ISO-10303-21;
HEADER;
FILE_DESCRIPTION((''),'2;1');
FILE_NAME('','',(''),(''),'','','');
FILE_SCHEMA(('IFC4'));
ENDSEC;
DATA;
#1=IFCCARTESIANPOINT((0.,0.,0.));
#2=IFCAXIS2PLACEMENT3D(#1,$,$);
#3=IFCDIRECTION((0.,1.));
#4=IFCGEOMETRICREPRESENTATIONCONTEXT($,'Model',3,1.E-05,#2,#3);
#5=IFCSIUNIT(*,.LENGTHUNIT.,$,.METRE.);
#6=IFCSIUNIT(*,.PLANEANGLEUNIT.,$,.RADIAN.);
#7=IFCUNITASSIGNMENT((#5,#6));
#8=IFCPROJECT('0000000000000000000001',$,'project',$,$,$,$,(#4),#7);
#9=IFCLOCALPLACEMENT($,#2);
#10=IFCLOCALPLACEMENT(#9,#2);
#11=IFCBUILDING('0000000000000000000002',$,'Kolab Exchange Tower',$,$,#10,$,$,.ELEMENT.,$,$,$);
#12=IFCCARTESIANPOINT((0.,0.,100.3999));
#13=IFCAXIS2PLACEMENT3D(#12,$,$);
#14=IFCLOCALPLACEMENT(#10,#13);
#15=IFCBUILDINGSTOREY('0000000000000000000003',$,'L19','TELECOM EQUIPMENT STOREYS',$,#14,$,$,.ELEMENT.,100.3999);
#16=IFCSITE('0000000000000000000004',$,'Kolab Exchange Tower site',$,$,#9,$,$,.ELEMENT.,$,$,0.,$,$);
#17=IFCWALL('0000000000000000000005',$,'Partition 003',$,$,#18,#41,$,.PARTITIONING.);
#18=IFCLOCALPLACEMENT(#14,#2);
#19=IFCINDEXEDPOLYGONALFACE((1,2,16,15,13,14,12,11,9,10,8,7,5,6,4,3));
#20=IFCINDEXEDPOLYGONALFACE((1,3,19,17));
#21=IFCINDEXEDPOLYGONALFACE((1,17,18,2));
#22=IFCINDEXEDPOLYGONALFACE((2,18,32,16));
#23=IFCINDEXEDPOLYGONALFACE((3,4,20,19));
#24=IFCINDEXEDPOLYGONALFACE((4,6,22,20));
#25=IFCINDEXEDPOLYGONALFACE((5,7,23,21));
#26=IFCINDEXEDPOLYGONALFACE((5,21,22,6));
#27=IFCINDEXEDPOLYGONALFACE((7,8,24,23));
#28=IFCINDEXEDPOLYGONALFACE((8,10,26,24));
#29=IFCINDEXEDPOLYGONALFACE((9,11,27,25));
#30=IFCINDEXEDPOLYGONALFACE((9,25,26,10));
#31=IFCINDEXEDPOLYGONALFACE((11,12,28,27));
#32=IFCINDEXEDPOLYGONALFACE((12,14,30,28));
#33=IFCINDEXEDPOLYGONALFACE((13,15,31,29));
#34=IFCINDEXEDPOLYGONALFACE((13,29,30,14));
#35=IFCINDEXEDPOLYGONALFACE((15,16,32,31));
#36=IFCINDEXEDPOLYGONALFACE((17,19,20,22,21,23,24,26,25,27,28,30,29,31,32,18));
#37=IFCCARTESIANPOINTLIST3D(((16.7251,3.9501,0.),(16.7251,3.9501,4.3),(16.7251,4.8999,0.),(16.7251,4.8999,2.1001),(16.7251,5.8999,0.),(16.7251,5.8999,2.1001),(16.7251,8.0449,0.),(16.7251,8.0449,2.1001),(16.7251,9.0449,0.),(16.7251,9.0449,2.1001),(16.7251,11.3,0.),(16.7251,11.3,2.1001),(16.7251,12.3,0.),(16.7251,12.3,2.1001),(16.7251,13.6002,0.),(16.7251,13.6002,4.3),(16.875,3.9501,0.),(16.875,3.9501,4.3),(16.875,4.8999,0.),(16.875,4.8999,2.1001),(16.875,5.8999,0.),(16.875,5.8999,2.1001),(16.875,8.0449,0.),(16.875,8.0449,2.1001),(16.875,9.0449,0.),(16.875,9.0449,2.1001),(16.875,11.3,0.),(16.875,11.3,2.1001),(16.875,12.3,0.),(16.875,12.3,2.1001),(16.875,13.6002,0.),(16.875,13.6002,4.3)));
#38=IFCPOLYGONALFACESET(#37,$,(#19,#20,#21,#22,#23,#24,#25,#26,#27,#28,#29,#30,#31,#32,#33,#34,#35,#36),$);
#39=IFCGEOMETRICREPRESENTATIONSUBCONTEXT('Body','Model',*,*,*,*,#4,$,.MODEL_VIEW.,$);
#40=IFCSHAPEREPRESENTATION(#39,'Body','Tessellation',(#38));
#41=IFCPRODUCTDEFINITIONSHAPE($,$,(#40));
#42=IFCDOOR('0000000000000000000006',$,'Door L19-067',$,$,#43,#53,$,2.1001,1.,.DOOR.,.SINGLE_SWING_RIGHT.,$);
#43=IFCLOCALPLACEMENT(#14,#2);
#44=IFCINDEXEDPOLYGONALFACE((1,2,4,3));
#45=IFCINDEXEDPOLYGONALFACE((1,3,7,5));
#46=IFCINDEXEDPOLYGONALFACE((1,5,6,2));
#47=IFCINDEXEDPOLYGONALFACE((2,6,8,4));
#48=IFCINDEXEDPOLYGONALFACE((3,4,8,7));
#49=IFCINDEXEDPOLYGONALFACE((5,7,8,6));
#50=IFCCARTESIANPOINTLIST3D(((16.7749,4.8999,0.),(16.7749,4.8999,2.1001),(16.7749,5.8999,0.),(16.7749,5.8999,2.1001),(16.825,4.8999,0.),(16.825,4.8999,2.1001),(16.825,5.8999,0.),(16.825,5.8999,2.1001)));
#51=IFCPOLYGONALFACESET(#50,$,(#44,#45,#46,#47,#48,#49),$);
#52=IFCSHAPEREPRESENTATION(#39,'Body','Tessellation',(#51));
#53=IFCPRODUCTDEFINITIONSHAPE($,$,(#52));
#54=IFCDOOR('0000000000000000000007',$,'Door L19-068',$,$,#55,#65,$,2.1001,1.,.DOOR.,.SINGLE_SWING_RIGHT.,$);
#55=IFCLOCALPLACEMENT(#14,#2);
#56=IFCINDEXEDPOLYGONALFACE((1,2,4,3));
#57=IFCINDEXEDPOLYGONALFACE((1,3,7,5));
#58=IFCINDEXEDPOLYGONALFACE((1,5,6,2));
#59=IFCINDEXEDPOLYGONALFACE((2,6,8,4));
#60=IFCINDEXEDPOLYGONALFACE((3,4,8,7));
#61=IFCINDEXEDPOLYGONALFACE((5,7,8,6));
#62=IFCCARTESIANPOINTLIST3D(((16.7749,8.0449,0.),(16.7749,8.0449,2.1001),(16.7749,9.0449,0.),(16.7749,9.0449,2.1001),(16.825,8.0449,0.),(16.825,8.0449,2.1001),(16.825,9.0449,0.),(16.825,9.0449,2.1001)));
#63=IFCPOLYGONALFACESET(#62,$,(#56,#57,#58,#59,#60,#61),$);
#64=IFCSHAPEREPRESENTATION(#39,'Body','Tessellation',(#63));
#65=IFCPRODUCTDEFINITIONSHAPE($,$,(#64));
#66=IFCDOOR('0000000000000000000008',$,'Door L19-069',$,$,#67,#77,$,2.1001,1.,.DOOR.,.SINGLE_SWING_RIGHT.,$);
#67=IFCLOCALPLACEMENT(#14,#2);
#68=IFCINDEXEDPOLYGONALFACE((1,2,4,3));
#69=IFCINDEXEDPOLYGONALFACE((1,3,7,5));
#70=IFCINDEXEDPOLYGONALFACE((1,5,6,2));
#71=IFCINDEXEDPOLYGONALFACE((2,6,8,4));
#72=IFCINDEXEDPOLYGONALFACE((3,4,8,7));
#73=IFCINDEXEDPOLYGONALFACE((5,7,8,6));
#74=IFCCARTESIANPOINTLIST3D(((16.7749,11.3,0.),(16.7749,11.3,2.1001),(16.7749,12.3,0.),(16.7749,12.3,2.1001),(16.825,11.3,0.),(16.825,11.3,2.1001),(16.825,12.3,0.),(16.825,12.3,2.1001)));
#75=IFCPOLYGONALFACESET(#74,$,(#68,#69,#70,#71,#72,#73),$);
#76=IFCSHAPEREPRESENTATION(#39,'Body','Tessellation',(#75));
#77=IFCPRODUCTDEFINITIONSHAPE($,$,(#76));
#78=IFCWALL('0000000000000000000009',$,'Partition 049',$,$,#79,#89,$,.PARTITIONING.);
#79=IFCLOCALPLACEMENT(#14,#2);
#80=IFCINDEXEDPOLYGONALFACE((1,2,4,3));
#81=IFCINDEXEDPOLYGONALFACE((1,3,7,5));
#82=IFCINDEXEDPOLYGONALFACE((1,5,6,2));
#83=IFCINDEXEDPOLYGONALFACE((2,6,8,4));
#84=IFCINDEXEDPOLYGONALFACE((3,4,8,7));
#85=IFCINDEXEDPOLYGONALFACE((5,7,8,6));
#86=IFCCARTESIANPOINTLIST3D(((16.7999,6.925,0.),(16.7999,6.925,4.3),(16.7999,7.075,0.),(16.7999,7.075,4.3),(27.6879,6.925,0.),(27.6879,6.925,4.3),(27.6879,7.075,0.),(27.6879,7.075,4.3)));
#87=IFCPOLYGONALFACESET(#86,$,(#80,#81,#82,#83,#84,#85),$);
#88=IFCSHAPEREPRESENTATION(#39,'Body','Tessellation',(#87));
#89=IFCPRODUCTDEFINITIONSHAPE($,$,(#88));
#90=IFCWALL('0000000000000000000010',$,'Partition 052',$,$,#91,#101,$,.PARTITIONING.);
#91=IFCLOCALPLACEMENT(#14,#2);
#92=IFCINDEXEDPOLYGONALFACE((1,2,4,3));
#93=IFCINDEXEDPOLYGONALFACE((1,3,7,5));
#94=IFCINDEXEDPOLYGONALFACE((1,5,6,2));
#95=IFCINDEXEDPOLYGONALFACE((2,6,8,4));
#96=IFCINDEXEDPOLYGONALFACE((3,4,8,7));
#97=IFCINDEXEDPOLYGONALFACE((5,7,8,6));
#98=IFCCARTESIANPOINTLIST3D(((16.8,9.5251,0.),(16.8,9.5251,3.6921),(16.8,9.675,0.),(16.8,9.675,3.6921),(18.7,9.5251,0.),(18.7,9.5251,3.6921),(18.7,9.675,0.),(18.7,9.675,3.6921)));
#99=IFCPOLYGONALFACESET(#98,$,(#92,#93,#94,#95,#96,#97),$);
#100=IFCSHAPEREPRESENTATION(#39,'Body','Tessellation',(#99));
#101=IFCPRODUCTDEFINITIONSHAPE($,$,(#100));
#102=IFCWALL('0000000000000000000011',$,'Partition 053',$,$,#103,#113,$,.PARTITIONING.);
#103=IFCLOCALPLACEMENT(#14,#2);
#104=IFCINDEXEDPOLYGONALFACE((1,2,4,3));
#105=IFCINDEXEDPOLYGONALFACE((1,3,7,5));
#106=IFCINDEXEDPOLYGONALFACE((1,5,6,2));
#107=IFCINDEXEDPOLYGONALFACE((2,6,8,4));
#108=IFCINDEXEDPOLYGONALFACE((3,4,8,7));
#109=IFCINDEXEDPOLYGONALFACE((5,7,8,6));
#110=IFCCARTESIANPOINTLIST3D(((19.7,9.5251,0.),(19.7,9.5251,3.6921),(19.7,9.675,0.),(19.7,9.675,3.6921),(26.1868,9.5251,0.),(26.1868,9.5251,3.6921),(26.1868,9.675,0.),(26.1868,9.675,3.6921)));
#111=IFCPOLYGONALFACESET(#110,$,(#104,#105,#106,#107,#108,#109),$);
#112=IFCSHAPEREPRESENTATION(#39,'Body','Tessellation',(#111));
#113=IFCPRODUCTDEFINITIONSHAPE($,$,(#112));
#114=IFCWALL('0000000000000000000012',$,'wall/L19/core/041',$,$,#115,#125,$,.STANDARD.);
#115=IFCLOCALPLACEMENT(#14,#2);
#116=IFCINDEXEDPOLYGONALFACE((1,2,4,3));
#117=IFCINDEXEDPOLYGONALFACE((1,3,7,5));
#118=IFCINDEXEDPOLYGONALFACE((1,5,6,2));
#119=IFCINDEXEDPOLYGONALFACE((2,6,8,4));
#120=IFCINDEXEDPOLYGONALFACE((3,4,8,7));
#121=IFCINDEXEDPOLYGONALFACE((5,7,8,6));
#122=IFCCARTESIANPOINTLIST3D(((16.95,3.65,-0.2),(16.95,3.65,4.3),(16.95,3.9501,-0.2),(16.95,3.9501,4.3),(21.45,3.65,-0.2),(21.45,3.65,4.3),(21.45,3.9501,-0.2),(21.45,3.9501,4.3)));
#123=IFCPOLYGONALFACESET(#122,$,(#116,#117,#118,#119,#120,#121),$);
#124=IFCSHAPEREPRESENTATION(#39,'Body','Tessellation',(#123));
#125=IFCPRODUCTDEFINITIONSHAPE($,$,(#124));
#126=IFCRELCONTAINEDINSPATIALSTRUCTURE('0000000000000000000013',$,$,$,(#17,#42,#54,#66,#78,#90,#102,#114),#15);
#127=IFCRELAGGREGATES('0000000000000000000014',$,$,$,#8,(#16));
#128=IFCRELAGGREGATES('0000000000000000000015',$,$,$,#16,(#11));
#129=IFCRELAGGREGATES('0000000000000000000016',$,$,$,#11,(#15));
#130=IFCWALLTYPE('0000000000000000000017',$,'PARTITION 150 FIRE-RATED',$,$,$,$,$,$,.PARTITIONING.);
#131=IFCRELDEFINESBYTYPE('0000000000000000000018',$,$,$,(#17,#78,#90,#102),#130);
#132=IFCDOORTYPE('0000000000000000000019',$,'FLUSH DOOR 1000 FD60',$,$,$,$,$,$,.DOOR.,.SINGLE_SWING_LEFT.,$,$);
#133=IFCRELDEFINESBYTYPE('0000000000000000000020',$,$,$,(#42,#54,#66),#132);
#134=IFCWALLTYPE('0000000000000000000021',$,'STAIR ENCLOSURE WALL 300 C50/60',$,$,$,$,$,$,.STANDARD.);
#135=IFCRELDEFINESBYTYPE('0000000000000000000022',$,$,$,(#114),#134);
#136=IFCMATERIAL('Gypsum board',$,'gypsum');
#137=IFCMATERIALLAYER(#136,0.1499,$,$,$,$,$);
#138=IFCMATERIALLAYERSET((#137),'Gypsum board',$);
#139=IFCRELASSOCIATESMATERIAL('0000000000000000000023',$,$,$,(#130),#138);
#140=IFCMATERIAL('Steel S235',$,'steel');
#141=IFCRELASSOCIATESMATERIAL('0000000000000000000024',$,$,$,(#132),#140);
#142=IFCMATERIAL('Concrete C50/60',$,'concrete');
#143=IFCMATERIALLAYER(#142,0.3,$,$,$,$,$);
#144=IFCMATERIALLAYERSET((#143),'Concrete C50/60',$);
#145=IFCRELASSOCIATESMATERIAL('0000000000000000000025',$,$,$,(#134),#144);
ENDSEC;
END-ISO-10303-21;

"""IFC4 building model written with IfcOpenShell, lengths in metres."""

from ifc_helpers import new_model, si_unit, direction, frame, frame_2d, origin, place, context, subcontext, project, spatial, rectangle, extrude, material, layer, layer_set, type_object, element, fill, save


model = new_model("IFC4")

# Units and contexts
model_context = context("Model", 3, precision=1e-05, world=origin(), true_north=direction((0.0, 1.0)))
body_context = subcontext(model_context, "Body", "Model", "MODEL_VIEW")
ifc_project = project(units=[si_unit("LENGTHUNIT", "METRE"), si_unit("PLANEANGLEUNIT", "RADIAN")], contexts=[model_context])

# Site, building, storey
site_placement = place(None, origin())
site = spatial("IfcSite", under=ifc_project, at=site_placement, Name="Kolab Exchange Tower site", CompositionType="ELEMENT", RefElevation=0.0)
building_placement = place(site_placement, origin())
building = spatial("IfcBuilding", under=site, at=building_placement, Name="Kolab Exchange Tower", CompositionType="ELEMENT")
storey_placement = place(building_placement, frame((0.0, 0.0, 100.3999)))
storey = spatial("IfcBuildingStorey", under=building, at=storey_placement, Name="L19", Description="TELECOM EQUIPMENT STOREYS", CompositionType="ELEMENT", Elevation=100.3999)

# Wall, openings, doors
ifc_material_1 = material(Name="Gypsum board", Category="gypsum")
ifc_layer_1 = layer(ifc_material_1, 0.1499)
ifc_layer_set_1 = layer_set([ifc_layer_1], Name="Gypsum board")
wall_type_1 = type_object("IfcWallType", Name="PARTITION 150 FIRE-RATED", PredefinedType="PARTITIONING", material=ifc_layer_set_1)
wall_1_placement = place(storey_placement, frame((16.8, 3.95, 0.0), z_axis=(0.0, 0.0, 1.0), x_axis=(0.0, 1.0, 0.0)))
wall_1 = element("IfcWall", 1, at=wall_1_placement, inside=storey, type_object=wall_type_1, Name="Partition 003", PredefinedType="PARTITIONING", context=body_context, shape_type="SweptSolid", body=[
    extrude(rectangle(XDim=9.6501, YDim=0.1499, at=frame_2d((4.8252, 0.0))), origin(), (0.0, 0.0, 1.0), 4.3),
])
opening_1_placement = place(wall_1_placement, frame((0.95, 0.0, 0.0)))
opening_1 = element("IfcOpeningElement", 2, at=opening_1_placement, cuts=wall_1, PredefinedType="OPENING", context=body_context, shape_type="SweptSolid", body=[
    extrude(rectangle(XDim=1.0, YDim=2.1001, at=frame_2d((0.5, 1.05))), frame((0.0, 0.085, 0.0), z_axis=(0.0, -1.0, 0.0), x_axis=(1.0, 0.0, 0.0)), (0.0, 0.0, 1.0), 0.1699),
])
opening_2_placement = place(wall_1_placement, frame((4.095, 0.0, 0.0)))
opening_2 = element("IfcOpeningElement", 3, at=opening_2_placement, cuts=wall_1, PredefinedType="OPENING", context=body_context, shape_type="SweptSolid", body=[
    extrude(rectangle(XDim=1.0, YDim=2.1001, at=frame_2d((0.5, 1.05))), frame((0.0, 0.085, 0.0), z_axis=(0.0, -1.0, 0.0), x_axis=(1.0, 0.0, 0.0)), (0.0, 0.0, 1.0), 0.1699),
])
opening_3_placement = place(wall_1_placement, frame((7.3501, 0.0, 0.0)))
opening_3 = element("IfcOpeningElement", 4, at=opening_3_placement, cuts=wall_1, PredefinedType="OPENING", context=body_context, shape_type="SweptSolid", body=[
    extrude(rectangle(XDim=1.0, YDim=2.1001, at=frame_2d((0.5, 1.05))), frame((0.0, 0.085, 0.0), z_axis=(0.0, -1.0, 0.0), x_axis=(1.0, 0.0, 0.0)), (0.0, 0.0, 1.0), 0.1699),
])
ifc_material_2 = material(Name="Steel S235", Category="steel")
door_type = type_object("IfcDoorType", Name="FLUSH DOOR 1000 FD60", OperationType="SINGLE_SWING_LEFT", PredefinedType="DOOR", material=ifc_material_2)
door_1_placement = place(opening_1_placement, frame((1.0, 0.0, 0.0), z_axis=(0.0, 0.0, 1.0), x_axis=(-1.0, 0.0, 0.0)))
door_1 = element("IfcDoor", 5, at=door_1_placement, inside=storey, type_object=door_type, Name="Door L19-067", OperationType="SINGLE_SWING_RIGHT", OverallHeight=2.1001, OverallWidth=1.0, PredefinedType="DOOR", context=body_context, shape_type="SweptSolid", body=[
    extrude(rectangle(XDim=1.0, YDim=2.1001, at=frame_2d((0.5, 1.05))), frame((0.0, 0.0249, 0.0), z_axis=(0.0, -1.0, 0.0), x_axis=(1.0, 0.0, 0.0)), (0.0, 0.0, 1.0), 0.05),
])
fill(opening_1, door_1)
door_2_placement = place(opening_2_placement, frame((1.0, 0.0, 0.0), z_axis=(0.0, 0.0, 1.0), x_axis=(-1.0, 0.0, 0.0)))
door_2 = element("IfcDoor", 6, at=door_2_placement, inside=storey, type_object=door_type, Name="Door L19-068", OperationType="SINGLE_SWING_RIGHT", OverallHeight=2.1001, OverallWidth=1.0, PredefinedType="DOOR", context=body_context, shape_type="SweptSolid", body=[
    extrude(rectangle(XDim=1.0, YDim=2.1001, at=frame_2d((0.5, 1.05))), frame((0.0, 0.0249, 0.0), z_axis=(0.0, -1.0, 0.0), x_axis=(1.0, 0.0, 0.0)), (0.0, 0.0, 1.0), 0.05),
])
fill(opening_2, door_2)
door_3_placement = place(opening_3_placement, frame((1.0, 0.0, 0.0), z_axis=(0.0, 0.0, 1.0), x_axis=(-1.0, 0.0, 0.0)))
door_3 = element("IfcDoor", 7, at=door_3_placement, inside=storey, type_object=door_type, Name="Door L19-069", OperationType="SINGLE_SWING_RIGHT", OverallHeight=2.1001, OverallWidth=1.0, PredefinedType="DOOR", context=body_context, shape_type="SweptSolid", body=[
    extrude(rectangle(XDim=1.0, YDim=2.1001, at=frame_2d((0.5, 1.05))), frame((0.0, 0.0249, 0.0), z_axis=(0.0, -1.0, 0.0), x_axis=(1.0, 0.0, 0.0)), (0.0, 0.0, 1.0), 0.05),
])
fill(opening_3, door_3)

# Walls
wall_2_placement = place(storey_placement, frame((16.8, 7.0, 0.0), z_axis=(0.0, 0.0, 1.0), x_axis=(1.0, 0.0, 0.0)))
element("IfcWall", 8, at=wall_2_placement, inside=storey, type_object=wall_type_1, Name="Partition 049", PredefinedType="PARTITIONING", context=body_context, shape_type="SweptSolid", body=[
    extrude(rectangle(XDim=10.8879, YDim=0.1499, at=frame_2d((5.4438, 0.0))), origin(), (0.0, 0.0, 1.0), 4.3),
])
wall_3_placement = place(storey_placement, frame((16.8, 9.6001, 0.0), z_axis=(0.0, 0.0, 1.0), x_axis=(1.0, 0.0, 0.0)))
element("IfcWall", 9, at=wall_3_placement, inside=storey, type_object=wall_type_1, Name="Partition 052", PredefinedType="PARTITIONING", context=body_context, shape_type="SweptSolid", body=[
    extrude(rectangle(XDim=1.8999, YDim=0.1499, at=frame_2d((0.95, 0.0))), origin(), (0.0, 0.0, 1.0), 3.6921),
])
wall_4_placement = place(storey_placement, frame((19.7, 9.6001, 0.0), z_axis=(0.0, 0.0, 1.0), x_axis=(1.0, 0.0, 0.0)))
element("IfcWall", 10, at=wall_4_placement, inside=storey, type_object=wall_type_1, Name="Partition 053", PredefinedType="PARTITIONING", context=body_context, shape_type="SweptSolid", body=[
    extrude(rectangle(XDim=6.4868, YDim=0.1499, at=frame_2d((3.2434, 0.0))), origin(), (0.0, 0.0, 1.0), 3.6921),
])
ifc_material_3 = material(Name="Concrete C50/60", Category="concrete")
ifc_layer_2 = layer(ifc_material_3, 0.3)
ifc_layer_set_2 = layer_set([ifc_layer_2], Name="Concrete C50/60")
wall_type_2 = type_object("IfcWallType", Name="STAIR ENCLOSURE WALL 300 C50/60", PredefinedType="STANDARD", material=ifc_layer_set_2)
wall_5_placement = place(storey_placement, frame((16.95, 3.8, -0.2), z_axis=(0.0, 0.0, 1.0), x_axis=(1.0, 0.0, 0.0)))
element("IfcWall", 11, at=wall_5_placement, inside=storey, type_object=wall_type_2, Name="wall/L19/core/041", PredefinedType="STANDARD", context=body_context, shape_type="SweptSolid", body=[
    extrude(rectangle(XDim=4.5, YDim=0.3, at=frame_2d((2.25, 0.0))), origin(), (0.0, 0.0, 1.0), 4.5),
])

save(model, "model.ifc")
